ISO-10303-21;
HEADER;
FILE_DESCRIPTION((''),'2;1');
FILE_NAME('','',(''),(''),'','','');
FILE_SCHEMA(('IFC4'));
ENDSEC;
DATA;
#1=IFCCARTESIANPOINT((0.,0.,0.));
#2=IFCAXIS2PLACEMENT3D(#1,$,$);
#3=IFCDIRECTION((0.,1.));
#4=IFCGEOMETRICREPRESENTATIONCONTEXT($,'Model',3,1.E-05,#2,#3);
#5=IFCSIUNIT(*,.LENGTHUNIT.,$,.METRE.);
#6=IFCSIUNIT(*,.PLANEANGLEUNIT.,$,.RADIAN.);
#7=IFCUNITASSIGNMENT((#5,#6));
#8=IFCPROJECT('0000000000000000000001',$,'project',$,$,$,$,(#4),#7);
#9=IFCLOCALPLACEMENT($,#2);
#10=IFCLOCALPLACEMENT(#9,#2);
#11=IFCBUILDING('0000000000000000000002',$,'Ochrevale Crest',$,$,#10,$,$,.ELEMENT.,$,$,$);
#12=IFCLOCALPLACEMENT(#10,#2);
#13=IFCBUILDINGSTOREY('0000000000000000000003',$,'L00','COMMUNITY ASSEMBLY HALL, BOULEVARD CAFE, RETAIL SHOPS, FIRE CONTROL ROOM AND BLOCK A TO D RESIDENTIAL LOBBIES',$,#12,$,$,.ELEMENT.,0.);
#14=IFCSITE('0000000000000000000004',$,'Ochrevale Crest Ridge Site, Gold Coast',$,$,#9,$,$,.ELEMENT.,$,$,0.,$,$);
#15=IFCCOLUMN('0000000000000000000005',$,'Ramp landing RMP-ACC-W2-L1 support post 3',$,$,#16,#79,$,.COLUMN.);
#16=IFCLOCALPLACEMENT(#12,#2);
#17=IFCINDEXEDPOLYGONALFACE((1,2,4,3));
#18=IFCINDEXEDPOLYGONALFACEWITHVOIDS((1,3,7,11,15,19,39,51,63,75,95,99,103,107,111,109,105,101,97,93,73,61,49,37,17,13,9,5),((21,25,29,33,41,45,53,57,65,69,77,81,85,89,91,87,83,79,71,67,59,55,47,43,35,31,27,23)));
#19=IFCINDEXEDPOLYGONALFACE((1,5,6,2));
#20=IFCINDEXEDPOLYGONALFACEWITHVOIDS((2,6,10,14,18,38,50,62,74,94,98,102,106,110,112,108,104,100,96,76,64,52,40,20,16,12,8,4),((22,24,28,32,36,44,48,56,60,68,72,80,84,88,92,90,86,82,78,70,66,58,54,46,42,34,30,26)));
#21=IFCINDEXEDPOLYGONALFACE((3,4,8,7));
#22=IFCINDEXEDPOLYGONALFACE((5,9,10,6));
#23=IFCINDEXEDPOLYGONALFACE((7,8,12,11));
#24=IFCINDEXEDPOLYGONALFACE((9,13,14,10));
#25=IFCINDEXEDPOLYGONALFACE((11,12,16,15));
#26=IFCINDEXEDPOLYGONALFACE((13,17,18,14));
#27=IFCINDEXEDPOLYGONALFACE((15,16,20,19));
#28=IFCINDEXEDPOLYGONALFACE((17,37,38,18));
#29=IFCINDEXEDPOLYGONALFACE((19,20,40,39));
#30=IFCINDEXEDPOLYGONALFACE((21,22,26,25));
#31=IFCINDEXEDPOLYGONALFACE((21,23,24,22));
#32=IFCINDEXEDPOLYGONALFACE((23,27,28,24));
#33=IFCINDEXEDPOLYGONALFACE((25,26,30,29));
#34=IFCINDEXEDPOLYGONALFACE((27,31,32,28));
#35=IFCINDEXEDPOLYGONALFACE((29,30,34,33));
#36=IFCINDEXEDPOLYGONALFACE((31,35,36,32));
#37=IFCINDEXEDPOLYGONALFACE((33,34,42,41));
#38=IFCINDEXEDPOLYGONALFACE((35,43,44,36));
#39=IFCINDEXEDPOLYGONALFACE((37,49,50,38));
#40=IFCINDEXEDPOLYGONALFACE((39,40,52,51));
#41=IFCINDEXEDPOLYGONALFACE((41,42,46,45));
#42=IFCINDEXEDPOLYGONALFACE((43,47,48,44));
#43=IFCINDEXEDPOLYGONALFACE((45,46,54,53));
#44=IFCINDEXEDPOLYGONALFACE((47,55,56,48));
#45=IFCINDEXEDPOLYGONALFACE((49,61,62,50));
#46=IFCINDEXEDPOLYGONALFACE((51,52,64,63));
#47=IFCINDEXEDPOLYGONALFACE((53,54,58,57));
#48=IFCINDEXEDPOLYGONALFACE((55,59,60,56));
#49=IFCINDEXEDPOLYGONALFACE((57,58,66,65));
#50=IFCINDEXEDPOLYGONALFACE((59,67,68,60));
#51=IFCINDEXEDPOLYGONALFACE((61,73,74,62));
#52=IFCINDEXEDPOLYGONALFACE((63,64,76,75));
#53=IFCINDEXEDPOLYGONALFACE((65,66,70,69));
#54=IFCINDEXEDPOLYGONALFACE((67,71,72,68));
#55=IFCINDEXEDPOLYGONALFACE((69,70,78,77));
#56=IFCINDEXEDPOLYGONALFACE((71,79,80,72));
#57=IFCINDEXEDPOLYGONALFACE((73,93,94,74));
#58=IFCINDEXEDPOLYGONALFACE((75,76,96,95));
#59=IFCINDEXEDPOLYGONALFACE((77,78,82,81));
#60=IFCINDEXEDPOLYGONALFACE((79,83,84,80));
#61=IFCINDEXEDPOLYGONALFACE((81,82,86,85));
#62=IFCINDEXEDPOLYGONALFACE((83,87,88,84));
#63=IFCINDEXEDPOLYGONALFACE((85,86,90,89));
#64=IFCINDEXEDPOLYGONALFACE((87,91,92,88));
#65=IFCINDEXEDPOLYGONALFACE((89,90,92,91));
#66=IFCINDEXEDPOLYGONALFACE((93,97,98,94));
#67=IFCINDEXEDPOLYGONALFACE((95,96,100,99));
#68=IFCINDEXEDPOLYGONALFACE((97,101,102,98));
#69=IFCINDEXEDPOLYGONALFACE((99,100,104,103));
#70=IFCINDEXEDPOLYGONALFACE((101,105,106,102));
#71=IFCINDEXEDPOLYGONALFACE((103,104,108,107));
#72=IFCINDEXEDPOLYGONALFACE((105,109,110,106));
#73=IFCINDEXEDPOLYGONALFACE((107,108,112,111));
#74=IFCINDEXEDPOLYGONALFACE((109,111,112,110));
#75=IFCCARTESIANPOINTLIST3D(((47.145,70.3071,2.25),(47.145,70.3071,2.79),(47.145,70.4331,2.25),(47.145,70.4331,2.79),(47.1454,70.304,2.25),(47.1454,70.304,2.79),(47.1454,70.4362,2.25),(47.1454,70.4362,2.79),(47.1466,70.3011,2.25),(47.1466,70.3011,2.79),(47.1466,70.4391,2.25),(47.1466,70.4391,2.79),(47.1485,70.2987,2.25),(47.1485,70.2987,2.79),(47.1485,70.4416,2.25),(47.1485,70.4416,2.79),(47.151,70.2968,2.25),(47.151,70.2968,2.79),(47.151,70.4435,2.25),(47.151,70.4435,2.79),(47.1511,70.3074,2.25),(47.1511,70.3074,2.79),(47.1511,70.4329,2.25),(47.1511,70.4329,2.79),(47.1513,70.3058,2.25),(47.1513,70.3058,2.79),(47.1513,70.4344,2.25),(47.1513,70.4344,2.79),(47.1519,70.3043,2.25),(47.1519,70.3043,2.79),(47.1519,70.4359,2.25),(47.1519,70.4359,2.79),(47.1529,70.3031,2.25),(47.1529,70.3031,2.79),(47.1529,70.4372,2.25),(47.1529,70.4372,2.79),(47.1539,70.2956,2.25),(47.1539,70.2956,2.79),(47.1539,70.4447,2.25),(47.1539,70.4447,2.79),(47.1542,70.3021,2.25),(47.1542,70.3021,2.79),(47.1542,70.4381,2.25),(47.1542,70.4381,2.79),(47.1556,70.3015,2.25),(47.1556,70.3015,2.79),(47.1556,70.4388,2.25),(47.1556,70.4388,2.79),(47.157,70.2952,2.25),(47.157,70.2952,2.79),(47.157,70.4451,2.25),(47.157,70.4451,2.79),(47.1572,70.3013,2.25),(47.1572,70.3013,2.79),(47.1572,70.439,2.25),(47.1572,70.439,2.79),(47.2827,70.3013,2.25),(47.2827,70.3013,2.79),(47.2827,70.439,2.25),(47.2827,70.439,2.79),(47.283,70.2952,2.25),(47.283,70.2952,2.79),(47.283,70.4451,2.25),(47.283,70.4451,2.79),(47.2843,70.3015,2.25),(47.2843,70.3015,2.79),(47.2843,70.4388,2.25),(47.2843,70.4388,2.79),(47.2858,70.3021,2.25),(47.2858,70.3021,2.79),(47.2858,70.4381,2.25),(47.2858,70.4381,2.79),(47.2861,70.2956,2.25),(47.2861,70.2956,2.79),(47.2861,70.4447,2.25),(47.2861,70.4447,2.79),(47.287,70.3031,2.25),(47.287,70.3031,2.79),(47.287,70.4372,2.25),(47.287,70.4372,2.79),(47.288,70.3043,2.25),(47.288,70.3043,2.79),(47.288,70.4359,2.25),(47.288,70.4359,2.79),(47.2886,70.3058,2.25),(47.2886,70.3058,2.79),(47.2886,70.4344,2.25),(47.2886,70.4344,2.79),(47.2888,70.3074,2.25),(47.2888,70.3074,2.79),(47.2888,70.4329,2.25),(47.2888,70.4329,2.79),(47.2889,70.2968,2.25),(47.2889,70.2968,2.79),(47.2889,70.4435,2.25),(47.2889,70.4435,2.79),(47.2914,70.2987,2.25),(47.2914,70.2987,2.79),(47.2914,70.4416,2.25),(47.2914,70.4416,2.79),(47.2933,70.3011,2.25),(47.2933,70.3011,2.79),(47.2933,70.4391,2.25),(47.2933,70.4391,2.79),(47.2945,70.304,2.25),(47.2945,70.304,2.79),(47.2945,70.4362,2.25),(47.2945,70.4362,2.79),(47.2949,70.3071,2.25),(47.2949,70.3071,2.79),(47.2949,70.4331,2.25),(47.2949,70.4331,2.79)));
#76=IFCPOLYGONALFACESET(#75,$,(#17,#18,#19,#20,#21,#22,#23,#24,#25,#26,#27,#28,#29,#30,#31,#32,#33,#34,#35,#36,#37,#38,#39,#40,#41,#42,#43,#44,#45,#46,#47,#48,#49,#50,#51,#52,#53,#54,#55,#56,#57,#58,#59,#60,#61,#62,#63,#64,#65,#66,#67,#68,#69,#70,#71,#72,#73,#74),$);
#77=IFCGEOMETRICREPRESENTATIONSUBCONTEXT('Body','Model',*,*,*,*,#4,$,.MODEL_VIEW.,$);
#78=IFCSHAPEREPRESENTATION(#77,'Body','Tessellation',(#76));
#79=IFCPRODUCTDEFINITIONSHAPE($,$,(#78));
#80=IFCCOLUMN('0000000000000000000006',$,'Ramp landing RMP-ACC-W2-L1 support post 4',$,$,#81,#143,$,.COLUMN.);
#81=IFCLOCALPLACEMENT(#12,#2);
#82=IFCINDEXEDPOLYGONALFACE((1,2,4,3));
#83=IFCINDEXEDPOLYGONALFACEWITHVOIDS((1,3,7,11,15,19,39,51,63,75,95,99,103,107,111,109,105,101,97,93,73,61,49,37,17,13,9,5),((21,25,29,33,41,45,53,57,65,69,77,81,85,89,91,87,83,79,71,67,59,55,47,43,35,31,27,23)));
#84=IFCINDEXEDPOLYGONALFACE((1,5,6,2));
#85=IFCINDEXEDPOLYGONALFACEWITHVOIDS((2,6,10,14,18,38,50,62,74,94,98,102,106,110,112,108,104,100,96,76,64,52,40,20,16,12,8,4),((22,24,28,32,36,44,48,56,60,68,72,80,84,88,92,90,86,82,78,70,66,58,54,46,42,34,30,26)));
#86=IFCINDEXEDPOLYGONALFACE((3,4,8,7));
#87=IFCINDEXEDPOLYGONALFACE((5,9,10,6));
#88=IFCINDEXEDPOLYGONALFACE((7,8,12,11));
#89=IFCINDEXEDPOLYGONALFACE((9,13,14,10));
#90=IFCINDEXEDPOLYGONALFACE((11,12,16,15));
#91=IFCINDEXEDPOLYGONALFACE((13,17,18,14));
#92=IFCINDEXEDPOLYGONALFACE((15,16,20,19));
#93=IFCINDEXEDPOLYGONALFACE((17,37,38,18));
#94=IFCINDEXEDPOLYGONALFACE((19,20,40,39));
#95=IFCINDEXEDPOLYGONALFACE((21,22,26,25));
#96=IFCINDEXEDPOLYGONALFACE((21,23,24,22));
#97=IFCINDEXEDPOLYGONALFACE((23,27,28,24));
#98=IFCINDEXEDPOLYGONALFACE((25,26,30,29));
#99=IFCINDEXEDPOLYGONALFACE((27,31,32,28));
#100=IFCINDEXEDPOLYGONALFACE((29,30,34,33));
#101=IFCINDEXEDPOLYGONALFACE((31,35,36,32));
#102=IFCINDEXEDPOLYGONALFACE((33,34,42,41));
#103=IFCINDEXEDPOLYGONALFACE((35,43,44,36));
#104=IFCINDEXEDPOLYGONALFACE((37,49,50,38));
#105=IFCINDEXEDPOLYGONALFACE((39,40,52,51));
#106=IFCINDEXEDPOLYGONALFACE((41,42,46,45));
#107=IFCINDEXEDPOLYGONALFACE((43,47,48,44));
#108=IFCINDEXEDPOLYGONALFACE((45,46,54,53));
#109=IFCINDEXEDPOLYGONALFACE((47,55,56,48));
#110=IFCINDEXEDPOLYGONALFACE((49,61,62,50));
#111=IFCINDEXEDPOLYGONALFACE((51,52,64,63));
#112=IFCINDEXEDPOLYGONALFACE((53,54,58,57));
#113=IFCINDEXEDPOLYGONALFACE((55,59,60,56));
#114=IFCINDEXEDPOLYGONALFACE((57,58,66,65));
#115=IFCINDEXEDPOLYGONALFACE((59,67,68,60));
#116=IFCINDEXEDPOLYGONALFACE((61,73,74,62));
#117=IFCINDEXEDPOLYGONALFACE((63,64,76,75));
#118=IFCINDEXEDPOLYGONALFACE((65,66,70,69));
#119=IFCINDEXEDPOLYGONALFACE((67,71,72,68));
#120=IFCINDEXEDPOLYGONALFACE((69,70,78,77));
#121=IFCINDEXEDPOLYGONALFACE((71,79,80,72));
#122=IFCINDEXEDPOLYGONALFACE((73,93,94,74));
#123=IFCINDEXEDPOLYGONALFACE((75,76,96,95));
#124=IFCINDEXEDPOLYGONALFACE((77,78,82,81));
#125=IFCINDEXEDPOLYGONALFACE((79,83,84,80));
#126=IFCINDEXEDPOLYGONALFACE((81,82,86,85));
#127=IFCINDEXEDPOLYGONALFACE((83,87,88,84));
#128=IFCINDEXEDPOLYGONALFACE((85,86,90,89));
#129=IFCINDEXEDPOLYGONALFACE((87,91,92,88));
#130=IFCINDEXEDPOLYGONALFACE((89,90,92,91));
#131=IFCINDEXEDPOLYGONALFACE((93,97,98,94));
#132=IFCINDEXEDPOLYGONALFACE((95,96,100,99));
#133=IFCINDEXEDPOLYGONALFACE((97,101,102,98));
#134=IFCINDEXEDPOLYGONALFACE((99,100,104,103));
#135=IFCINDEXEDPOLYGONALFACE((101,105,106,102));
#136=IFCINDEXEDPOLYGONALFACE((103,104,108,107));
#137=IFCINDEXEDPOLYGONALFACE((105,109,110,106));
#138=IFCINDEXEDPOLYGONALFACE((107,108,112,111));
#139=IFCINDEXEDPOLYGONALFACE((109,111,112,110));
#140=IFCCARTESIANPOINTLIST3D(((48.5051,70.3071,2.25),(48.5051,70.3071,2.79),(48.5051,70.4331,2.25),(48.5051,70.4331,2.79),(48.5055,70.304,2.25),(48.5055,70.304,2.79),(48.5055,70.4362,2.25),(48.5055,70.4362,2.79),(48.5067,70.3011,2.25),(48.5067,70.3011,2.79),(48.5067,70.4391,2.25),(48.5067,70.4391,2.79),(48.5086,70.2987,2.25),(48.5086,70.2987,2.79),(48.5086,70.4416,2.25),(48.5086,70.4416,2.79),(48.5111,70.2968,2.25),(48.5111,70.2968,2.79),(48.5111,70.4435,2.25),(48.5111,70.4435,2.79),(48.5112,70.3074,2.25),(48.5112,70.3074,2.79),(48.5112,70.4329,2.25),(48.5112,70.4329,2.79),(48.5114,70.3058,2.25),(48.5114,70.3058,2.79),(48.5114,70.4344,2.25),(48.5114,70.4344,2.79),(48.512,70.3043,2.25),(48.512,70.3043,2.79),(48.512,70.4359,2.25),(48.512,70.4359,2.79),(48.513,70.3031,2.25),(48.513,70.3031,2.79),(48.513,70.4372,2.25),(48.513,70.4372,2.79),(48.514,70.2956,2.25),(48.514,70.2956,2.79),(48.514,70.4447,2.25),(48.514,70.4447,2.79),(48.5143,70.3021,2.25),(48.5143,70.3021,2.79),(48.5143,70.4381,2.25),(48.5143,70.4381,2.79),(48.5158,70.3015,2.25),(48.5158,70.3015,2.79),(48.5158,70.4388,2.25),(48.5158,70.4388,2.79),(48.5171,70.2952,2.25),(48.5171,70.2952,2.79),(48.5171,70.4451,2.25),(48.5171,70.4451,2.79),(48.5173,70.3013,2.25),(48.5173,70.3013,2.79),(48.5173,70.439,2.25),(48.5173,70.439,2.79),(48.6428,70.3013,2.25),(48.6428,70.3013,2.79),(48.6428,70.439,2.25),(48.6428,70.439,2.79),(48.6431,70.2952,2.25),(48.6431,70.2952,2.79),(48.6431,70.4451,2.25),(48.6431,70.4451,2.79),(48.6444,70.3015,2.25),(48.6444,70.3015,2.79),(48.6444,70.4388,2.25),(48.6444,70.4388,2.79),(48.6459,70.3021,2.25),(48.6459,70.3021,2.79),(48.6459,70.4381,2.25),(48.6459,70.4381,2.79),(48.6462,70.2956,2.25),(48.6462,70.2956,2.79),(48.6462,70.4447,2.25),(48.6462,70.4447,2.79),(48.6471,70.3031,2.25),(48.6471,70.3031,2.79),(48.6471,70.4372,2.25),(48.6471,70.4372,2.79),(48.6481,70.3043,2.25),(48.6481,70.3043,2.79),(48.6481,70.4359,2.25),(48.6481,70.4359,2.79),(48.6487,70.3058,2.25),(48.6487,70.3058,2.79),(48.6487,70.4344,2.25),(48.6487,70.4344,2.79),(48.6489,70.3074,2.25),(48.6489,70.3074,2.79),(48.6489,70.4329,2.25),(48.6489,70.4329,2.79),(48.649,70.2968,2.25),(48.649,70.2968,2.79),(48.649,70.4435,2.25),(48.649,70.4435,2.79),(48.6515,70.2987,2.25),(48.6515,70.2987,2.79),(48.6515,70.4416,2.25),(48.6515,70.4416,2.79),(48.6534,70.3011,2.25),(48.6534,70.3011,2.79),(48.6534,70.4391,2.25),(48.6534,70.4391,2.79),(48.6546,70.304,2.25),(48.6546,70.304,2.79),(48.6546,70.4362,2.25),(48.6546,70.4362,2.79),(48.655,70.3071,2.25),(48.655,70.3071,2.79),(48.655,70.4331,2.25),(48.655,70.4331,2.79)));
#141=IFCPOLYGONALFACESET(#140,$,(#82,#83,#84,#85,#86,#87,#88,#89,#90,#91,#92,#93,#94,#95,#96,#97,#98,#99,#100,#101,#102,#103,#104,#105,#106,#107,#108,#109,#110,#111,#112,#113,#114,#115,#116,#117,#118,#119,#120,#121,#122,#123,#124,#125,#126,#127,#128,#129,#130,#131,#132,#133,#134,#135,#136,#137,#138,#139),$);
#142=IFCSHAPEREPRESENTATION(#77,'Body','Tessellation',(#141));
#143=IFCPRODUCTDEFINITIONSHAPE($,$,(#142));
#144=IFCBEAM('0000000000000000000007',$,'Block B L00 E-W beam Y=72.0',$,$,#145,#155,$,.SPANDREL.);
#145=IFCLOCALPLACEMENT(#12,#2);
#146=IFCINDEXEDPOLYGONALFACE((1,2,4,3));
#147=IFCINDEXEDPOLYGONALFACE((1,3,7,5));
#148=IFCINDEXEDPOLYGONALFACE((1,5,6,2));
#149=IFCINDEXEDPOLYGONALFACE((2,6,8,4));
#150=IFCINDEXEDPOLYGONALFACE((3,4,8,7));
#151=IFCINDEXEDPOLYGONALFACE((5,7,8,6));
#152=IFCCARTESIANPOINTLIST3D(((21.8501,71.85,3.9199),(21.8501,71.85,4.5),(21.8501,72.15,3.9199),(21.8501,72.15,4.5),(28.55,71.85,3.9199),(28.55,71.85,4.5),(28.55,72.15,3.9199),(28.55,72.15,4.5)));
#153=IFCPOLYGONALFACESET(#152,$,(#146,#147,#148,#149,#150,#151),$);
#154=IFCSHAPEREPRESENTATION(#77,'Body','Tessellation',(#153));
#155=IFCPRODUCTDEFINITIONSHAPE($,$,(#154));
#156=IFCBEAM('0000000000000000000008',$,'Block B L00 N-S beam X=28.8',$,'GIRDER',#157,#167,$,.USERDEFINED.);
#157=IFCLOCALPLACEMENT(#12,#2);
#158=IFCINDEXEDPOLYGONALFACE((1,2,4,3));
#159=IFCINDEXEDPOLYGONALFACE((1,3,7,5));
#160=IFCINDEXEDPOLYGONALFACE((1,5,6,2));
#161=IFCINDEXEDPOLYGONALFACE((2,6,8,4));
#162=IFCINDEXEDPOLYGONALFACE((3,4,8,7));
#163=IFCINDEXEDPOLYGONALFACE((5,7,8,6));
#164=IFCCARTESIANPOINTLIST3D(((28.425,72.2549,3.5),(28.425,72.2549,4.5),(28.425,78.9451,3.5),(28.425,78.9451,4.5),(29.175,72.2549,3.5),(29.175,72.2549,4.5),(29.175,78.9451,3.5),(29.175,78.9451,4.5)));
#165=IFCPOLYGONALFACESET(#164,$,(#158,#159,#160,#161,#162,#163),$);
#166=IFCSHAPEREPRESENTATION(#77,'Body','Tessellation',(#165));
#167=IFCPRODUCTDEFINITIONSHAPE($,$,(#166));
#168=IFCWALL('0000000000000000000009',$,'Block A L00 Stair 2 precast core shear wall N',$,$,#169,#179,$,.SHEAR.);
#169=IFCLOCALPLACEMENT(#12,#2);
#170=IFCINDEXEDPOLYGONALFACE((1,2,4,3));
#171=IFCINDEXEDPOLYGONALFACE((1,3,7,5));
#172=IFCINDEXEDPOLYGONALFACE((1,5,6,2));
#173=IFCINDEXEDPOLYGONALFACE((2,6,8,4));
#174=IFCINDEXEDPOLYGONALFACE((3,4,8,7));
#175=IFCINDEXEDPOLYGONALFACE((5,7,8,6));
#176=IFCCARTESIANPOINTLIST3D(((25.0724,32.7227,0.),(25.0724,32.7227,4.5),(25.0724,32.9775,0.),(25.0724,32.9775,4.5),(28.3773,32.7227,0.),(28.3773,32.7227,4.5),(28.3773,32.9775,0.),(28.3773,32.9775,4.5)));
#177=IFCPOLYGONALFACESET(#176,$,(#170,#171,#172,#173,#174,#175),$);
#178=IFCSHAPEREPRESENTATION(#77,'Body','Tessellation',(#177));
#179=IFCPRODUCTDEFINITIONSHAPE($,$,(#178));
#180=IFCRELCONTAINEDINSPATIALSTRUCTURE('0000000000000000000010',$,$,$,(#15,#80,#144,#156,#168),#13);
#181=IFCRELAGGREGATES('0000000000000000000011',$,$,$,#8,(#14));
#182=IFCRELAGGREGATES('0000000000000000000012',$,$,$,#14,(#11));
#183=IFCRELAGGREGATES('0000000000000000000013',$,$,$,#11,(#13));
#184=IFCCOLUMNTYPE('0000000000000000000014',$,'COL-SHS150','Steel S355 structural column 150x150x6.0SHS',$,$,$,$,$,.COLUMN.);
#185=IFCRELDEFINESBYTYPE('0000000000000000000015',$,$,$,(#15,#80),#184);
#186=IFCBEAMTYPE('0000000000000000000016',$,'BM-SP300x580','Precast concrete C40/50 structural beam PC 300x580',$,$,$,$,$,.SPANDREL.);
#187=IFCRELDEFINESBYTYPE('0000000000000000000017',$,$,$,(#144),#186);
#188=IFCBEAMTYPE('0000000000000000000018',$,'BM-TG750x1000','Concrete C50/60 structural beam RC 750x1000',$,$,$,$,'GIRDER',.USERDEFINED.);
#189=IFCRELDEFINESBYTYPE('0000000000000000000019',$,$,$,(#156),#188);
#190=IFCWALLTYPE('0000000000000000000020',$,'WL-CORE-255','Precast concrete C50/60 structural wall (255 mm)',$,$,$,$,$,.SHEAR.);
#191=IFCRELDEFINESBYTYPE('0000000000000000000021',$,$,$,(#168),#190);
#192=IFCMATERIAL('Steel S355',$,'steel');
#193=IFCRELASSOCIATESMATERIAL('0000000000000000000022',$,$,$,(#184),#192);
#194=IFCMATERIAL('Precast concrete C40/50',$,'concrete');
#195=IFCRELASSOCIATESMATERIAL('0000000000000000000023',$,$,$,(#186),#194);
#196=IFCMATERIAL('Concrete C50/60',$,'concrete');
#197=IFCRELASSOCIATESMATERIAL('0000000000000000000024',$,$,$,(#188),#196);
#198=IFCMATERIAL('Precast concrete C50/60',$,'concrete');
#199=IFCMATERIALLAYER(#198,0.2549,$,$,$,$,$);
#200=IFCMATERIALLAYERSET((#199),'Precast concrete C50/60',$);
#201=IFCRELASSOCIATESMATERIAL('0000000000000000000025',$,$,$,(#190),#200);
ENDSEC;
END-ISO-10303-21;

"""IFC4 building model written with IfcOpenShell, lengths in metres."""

from ifc_helpers import new_model, si_unit, direction, frame, frame_2d, origin, origin_2d, place, context, subcontext, project, spatial, rectangle, hollow_rectangle, extrude, material, layer, layer_set, material_profile, profile_set, type_object, element, save


model = new_model("IFC4")

# Units and contexts
model_context = context("Model", 3, precision=1e-05, world=origin(), true_north=direction((0.0, 1.0)))
body_context = subcontext(model_context, "Body", "Model", "MODEL_VIEW")
ifc_project = project(units=[si_unit("LENGTHUNIT", "METRE"), si_unit("PLANEANGLEUNIT", "RADIAN")], contexts=[model_context])

# Site, building, storey
site_placement = place(None, origin())
site = spatial("IfcSite", under=ifc_project, at=site_placement, Name="Ochrevale Crest Ridge Site, Gold Coast", CompositionType="ELEMENT", RefElevation=0.0)
building_placement = place(site_placement, origin())
building = spatial("IfcBuilding", under=site, at=building_placement, Name="Ochrevale Crest", CompositionType="ELEMENT")
storey_placement = place(building_placement, origin())
storey = spatial("IfcBuildingStorey", under=building, at=storey_placement, Name="L00", Description="COMMUNITY ASSEMBLY HALL, BOULEVARD CAFE, RETAIL SHOPS, FIRE CONTROL ROOM AND BLOCK A TO D RESIDENTIAL LOBBIES", CompositionType="ELEMENT", Elevation=0.0)

# Columns
ifc_material_1 = material(Name="Precast concrete C40/50", Category="concrete")
ifc_material_2 = material(Name="Precast concrete C50/60", Category="concrete")
ifc_material_3 = material(Name="Steel S355", Category="steel")
ifc_material_profile_1 = material_profile(ifc_material_3, hollow_rectangle(XDim=0.1499, YDim=0.1499, WallThickness=0.0061, InnerFilletRadius=0.0061, OuterFilletRadius=0.012, at=origin_2d()), Name="150x150x6.0SHS")
ifc_profile_set_1 = profile_set([ifc_material_profile_1], Name="Steel S355")
column_type_1 = type_object("IfcColumnType", Name="COL-SHS150", Description="Steel S355 structural column 150x150x6.0SHS", PredefinedType="COLUMN", material=ifc_profile_set_1)
for number, where, z_axis, x_axis, name in (
    (1, (47.22, 70.3701, 2.25), (0.0, 0.0, 1.0), (1.0, 0.0, 0.0), "Ramp landing RMP-ACC-W2-L1 support post 3"),
    (2, (48.5801, 70.3701, 2.25), (0.0, 0.0, 1.0), (1.0, 0.0, 0.0), "Ramp landing RMP-ACC-W2-L1 support post 4"),
):
    element("IfcColumn", number, at=place(storey_placement, frame(where, z_axis=z_axis, x_axis=x_axis)), inside=storey, type_object=column_type_1, Name=name, PredefinedType="COLUMN", context=body_context, shape_type="SweptSolid", body=[
        extrude(hollow_rectangle(XDim=0.1499, YDim=0.1499, WallThickness=0.0061, InnerFilletRadius=0.0061, OuterFilletRadius=0.012, at=origin_2d()), origin(), (0.0, 0.0, 1.0), 0.54),
    ])

# Beams
ifc_material_profile_2 = material_profile(ifc_material_1, rectangle(XDim=0.3, YDim=0.5801, at=origin_2d()), Name="PC 300x580")
ifc_profile_set_2 = profile_set([ifc_material_profile_2], Name="Precast concrete C40/50")
beam_type_1 = type_object("IfcBeamType", Name="BM-SP300x580", Description="Precast concrete C40/50 structural beam PC 300x580", PredefinedType="SPANDREL", material=ifc_profile_set_2)
beam_1_placement = place(storey_placement, frame((21.8501, 72.0, 4.21), z_axis=(1.0, 0.0, 0.0), x_axis=(0.0, 1.0, 0.0)))
element("IfcBeam", 3, at=beam_1_placement, inside=storey, type_object=beam_type_1, Name="Block B L00 E-W beam Y=72.0", PredefinedType="SPANDREL", context=body_context, shape_type="SweptSolid", body=[
    extrude(rectangle(XDim=0.3, YDim=0.5801, at=origin_2d()), origin(), (0.0, 0.0, 1.0), 6.7),
])
ifc_material_4 = material(Name="Concrete C50/60", Category="concrete")
ifc_material_profile_3 = material_profile(ifc_material_4, rectangle(XDim=0.75, YDim=1.0, at=origin_2d()), Name="RC 750x1000")
ifc_profile_set_3 = profile_set([ifc_material_profile_3], Name="Concrete C50/60")
beam_type_2 = type_object("IfcBeamType", Name="BM-TG750x1000", Description="Concrete C50/60 structural beam RC 750x1000", ElementType="GIRDER", PredefinedType="USERDEFINED", material=ifc_profile_set_3)
beam_2_placement = place(storey_placement, frame((28.8, 72.2549, 4.0), z_axis=(0.0, 1.0, 0.0), x_axis=(-1.0, 0.0, 0.0)))
element("IfcBeam", 4, at=beam_2_placement, inside=storey, type_object=beam_type_2, Name="Block B L00 N-S beam X=28.8", ObjectType="GIRDER", PredefinedType="USERDEFINED", context=body_context, shape_type="SweptSolid", body=[
    extrude(rectangle(XDim=0.75, YDim=1.0, at=origin_2d()), origin(), (0.0, 0.0, 1.0), 6.6902),
])

# Wall
ifc_layer_1 = layer(ifc_material_2, 0.2549)
ifc_layer_set_1 = layer_set([ifc_layer_1], Name="Precast concrete C50/60")
wall_type_1 = type_object("IfcWallType", Name="WL-CORE-255", Description="Precast concrete C50/60 structural wall (255 mm)", PredefinedType="SHEAR", material=ifc_layer_set_1)
wall_1_placement = place(storey_placement, frame((25.0725, 32.8501, 0.0), z_axis=(0.0, 0.0, 1.0), x_axis=(1.0, 0.0, 0.0)))
element("IfcWall", 5, at=wall_1_placement, inside=storey, type_object=wall_type_1, Name="Block A L00 Stair 2 precast core shear wall N", PredefinedType="SHEAR", context=body_context, shape_type="SweptSolid", body=[
    extrude(rectangle(XDim=3.3049, YDim=0.2549, at=frame_2d((1.6523, 0.0))), origin(), (0.0, 0.0, 1.0), 4.5),
])

save(model, "model.ifc")
